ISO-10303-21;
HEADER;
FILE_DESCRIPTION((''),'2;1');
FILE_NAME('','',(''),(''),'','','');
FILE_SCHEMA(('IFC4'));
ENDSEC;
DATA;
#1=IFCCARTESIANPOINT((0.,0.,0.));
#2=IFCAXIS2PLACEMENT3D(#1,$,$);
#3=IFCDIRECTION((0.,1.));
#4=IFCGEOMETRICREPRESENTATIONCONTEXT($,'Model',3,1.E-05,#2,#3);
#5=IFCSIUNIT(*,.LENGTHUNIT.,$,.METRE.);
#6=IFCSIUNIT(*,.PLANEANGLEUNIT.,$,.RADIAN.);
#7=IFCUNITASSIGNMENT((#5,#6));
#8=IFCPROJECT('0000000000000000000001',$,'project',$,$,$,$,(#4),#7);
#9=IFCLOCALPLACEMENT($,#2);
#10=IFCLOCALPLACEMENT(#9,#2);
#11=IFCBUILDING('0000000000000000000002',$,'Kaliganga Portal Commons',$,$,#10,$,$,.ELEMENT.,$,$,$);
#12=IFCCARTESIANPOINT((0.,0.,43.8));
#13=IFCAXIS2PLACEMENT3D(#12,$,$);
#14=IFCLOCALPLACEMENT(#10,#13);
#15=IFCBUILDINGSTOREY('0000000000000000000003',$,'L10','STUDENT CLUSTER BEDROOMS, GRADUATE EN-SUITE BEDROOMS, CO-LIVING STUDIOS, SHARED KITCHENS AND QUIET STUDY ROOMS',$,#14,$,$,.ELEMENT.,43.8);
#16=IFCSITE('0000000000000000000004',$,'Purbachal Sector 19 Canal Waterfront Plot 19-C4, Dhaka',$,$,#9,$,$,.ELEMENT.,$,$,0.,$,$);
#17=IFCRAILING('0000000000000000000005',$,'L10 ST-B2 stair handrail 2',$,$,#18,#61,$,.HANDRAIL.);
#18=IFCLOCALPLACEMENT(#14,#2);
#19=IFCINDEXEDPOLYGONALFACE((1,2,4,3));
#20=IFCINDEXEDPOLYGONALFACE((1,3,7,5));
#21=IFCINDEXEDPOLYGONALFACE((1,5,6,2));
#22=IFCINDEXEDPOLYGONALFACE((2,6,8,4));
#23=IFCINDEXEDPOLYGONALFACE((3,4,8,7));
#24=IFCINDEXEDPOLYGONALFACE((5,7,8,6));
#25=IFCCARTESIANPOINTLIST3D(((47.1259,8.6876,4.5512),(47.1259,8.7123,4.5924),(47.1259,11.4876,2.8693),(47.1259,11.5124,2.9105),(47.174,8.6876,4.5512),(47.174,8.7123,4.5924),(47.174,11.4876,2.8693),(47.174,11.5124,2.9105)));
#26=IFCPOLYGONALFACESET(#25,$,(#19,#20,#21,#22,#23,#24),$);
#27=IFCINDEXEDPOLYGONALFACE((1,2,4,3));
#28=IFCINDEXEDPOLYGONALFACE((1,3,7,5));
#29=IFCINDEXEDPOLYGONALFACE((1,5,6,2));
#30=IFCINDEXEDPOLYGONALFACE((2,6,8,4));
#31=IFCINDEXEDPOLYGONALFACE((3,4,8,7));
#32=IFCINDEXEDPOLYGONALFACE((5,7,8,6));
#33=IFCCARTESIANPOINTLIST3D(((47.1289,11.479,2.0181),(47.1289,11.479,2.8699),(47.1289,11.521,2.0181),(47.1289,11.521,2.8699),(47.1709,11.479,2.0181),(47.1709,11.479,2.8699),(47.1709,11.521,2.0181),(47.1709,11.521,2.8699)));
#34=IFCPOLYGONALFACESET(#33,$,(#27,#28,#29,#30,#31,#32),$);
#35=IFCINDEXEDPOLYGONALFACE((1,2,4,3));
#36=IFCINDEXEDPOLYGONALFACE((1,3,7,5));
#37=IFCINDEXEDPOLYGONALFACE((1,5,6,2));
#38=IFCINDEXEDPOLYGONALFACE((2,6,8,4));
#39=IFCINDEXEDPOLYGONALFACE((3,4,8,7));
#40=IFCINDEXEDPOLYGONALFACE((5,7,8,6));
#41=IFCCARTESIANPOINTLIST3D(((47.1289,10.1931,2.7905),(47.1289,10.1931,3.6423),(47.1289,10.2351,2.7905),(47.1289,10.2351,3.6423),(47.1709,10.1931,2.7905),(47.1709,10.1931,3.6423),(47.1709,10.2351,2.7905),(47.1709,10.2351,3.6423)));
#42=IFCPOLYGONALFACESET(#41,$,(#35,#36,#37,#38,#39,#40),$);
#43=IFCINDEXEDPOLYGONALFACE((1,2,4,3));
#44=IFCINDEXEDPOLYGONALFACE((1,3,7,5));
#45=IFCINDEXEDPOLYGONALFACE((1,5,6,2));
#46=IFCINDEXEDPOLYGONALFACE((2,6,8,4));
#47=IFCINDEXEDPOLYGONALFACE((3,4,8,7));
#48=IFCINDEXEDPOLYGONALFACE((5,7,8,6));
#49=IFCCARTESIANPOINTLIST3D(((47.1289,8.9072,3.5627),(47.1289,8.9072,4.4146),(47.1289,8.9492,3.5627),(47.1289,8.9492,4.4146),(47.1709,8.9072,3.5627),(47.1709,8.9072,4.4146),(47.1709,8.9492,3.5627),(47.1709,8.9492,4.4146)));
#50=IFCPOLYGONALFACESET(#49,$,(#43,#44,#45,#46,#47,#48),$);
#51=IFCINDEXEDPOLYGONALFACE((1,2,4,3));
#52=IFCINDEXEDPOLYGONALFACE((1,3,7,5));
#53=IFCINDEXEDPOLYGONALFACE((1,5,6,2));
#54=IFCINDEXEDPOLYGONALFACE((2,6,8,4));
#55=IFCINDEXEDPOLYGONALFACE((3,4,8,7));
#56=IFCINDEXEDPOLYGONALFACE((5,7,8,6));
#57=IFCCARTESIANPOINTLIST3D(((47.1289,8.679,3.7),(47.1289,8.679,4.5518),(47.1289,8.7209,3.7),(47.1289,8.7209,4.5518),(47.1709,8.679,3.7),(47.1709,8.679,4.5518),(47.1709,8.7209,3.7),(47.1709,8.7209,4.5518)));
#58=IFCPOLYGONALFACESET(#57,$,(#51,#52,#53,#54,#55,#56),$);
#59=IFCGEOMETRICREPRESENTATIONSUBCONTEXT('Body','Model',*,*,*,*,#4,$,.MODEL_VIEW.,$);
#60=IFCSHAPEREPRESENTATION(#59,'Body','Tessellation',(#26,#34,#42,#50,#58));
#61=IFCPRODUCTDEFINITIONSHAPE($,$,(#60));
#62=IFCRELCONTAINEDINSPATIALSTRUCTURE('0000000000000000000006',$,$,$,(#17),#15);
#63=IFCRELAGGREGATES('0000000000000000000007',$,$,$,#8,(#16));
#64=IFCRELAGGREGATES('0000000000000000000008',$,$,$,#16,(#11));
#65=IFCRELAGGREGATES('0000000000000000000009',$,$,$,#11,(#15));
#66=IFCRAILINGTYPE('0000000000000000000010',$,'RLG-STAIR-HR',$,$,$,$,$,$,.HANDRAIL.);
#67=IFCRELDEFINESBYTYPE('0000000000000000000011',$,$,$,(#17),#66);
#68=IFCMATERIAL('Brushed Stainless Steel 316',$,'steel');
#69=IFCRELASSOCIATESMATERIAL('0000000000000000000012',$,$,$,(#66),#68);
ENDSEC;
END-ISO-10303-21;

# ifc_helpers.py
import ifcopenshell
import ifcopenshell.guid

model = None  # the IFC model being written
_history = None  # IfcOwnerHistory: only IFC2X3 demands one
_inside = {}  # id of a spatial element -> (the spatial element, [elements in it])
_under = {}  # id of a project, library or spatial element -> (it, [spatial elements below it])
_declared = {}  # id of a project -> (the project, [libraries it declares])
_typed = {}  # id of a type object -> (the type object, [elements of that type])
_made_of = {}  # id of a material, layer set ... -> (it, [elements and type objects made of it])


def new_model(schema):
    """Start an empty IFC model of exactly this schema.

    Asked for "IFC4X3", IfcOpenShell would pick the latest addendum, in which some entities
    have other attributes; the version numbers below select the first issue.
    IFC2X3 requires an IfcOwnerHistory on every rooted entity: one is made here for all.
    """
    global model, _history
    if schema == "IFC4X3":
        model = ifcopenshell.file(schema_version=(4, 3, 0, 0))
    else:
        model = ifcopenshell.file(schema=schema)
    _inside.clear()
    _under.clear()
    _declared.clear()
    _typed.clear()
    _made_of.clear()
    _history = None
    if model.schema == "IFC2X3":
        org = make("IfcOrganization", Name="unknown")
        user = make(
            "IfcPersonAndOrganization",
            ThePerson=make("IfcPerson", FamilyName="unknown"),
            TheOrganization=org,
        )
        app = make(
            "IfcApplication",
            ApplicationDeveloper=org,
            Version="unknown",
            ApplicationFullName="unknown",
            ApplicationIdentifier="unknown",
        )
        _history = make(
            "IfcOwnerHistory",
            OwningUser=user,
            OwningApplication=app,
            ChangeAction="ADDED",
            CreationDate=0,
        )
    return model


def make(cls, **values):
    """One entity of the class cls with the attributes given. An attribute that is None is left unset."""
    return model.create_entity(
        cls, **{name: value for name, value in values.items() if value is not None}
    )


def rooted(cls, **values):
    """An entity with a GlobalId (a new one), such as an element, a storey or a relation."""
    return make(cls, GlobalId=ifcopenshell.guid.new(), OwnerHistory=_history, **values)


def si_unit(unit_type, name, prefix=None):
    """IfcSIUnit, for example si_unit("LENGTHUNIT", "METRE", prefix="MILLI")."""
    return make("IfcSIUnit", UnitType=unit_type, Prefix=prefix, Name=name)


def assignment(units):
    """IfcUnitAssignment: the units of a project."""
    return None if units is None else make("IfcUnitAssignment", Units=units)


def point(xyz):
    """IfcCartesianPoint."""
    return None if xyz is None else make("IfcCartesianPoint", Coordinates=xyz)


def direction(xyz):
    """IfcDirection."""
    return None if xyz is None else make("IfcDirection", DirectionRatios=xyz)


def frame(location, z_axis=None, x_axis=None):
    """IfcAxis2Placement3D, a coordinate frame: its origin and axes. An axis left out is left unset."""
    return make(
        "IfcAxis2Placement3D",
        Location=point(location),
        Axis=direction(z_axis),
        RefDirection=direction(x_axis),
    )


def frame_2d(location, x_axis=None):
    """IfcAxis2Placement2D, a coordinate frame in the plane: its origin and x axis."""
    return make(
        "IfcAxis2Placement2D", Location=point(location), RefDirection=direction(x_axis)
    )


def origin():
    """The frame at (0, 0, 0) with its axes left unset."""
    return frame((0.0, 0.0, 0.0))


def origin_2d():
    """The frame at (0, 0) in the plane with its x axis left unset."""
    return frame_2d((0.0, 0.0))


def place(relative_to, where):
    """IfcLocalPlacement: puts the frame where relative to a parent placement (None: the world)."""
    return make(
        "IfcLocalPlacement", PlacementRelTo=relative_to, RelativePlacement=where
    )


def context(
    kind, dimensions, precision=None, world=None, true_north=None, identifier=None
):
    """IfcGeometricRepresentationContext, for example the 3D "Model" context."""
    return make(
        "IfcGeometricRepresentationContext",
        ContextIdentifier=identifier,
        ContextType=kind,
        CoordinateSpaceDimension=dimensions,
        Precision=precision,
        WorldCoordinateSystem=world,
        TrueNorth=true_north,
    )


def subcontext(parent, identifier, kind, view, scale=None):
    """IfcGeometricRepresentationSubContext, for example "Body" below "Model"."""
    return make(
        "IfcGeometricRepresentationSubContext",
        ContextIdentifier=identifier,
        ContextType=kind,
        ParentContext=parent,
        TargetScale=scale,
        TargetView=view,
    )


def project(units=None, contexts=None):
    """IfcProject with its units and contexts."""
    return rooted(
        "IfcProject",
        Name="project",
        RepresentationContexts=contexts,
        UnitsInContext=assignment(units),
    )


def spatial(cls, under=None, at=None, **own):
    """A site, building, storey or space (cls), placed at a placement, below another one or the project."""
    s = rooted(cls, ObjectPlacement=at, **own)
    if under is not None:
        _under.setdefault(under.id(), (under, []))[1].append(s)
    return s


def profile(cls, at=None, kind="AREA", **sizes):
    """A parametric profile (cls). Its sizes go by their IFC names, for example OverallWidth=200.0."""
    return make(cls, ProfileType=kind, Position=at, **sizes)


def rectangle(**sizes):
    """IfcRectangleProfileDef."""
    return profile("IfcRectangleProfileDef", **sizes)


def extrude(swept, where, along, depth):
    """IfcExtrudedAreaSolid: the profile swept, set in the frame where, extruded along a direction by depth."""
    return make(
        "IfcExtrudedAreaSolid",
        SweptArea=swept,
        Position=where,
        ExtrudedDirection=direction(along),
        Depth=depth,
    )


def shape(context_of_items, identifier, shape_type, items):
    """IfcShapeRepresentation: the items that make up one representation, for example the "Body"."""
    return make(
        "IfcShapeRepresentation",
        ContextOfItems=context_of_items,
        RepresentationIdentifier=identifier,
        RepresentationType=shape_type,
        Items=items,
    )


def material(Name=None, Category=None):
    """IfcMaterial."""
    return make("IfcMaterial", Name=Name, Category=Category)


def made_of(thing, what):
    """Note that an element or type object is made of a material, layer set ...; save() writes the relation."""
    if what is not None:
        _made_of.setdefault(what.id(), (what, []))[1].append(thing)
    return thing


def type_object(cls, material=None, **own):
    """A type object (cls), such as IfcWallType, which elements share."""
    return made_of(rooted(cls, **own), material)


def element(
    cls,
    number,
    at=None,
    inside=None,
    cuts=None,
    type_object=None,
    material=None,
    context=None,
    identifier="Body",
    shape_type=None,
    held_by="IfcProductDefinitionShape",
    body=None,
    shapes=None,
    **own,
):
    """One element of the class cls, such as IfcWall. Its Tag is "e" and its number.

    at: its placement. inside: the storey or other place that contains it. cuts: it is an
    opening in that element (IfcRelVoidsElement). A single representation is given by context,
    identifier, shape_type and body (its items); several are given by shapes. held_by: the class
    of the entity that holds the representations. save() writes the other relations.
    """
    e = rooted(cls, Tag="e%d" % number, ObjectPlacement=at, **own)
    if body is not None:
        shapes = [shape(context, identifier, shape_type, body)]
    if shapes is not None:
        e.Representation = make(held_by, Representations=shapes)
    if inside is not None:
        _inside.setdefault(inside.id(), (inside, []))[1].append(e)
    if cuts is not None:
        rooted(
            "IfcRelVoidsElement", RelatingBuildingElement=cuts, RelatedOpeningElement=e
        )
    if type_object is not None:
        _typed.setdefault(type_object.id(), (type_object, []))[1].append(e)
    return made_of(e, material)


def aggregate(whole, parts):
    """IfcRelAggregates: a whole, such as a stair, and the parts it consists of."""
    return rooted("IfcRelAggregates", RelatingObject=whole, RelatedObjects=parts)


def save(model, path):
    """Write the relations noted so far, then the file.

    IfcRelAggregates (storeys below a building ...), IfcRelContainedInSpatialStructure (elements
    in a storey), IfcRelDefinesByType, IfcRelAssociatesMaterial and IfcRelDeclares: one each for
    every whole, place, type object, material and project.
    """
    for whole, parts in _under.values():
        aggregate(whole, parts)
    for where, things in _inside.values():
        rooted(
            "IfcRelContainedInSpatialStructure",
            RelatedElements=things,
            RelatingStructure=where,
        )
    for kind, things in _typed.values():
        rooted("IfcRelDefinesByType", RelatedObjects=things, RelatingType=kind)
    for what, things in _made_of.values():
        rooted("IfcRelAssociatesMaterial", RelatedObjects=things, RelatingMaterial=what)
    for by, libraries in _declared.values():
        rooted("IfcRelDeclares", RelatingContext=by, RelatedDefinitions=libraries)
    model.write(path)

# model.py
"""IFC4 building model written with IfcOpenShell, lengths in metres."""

from ifc_helpers import new_model, si_unit, direction, frame, origin, origin_2d, place, context, subcontext, project, spatial, rectangle, extrude, material, type_object, element, save


model = new_model("IFC4")

# Units and contexts
model_context = context("Model", 3, precision=1e-05, world=origin(), true_north=direction((0.0, 1.0)))
body_context = subcontext(model_context, "Body", "Model", "MODEL_VIEW")
ifc_project = project(units=[si_unit("LENGTHUNIT", "METRE"), si_unit("PLANEANGLEUNIT", "RADIAN")], contexts=[model_context])

# Site, building, storey
site_placement = place(None, origin())
site = spatial("IfcSite", under=ifc_project, at=site_placement, Name="Purbachal Sector 19 Canal Waterfront Plot 19-C4, Dhaka", CompositionType="ELEMENT", RefElevation=0.0)
building_placement = place(site_placement, origin())
building = spatial("IfcBuilding", under=site, at=building_placement, Name="Kaliganga Portal Commons", CompositionType="ELEMENT")
storey_placement = place(building_placement, frame((0.0, 0.0, 43.8)))
storey = spatial("IfcBuildingStorey", under=building, at=storey_placement, Name="L10", Description="STUDENT CLUSTER BEDROOMS, GRADUATE EN-SUITE BEDROOMS, CO-LIVING STUDIOS, SHARED KITCHENS AND QUIET STUDY ROOMS", CompositionType="ELEMENT", Elevation=43.8)

# Railing
ifc_material_1 = material(Name="Brushed Stainless Steel 316", Category="steel")
railing_type_1 = type_object("IfcRailingType", Name="RLG-STAIR-HR", PredefinedType="HANDRAIL", material=ifc_material_1)
railing_1_placement = place(storey_placement, frame((47.1499, 11.5, 2.0181)))
element("IfcRailing", 1, at=railing_1_placement, inside=storey, type_object=railing_type_1, Name="L10 ST-B2 stair handrail 2", PredefinedType="HANDRAIL", context=body_context, shape_type="SweptSolid", body=[
    extrude(rectangle(XDim=0.0481, YDim=0.0481, at=origin_2d()), frame((0.0, 0.0, 0.8718), z_axis=(0.0, -0.857242, 0.514913), x_axis=(1.0, 0.0, 0.0)), (0.0, 0.0, 1.0), 3.2664),
    extrude(rectangle(XDim=0.042, YDim=0.042, at=origin_2d()), origin(), (0.0, 0.0, 1.0), 0.8518),
    extrude(rectangle(XDim=0.042, YDim=0.042, at=origin_2d()), frame((0.0, -1.2859, 0.7725)), (0.0, 0.0, 1.0), 0.8518),
    extrude(rectangle(XDim=0.042, YDim=0.042, at=origin_2d()), frame((0.0, -2.5718, 1.5447)), (0.0, 0.0, 1.0), 0.8518),
    extrude(rectangle(XDim=0.042, YDim=0.042, at=origin_2d()), frame((0.0, -2.8, 1.6819)), (0.0, 0.0, 1.0), 0.8518),
])

save(model, "model.ifc")
